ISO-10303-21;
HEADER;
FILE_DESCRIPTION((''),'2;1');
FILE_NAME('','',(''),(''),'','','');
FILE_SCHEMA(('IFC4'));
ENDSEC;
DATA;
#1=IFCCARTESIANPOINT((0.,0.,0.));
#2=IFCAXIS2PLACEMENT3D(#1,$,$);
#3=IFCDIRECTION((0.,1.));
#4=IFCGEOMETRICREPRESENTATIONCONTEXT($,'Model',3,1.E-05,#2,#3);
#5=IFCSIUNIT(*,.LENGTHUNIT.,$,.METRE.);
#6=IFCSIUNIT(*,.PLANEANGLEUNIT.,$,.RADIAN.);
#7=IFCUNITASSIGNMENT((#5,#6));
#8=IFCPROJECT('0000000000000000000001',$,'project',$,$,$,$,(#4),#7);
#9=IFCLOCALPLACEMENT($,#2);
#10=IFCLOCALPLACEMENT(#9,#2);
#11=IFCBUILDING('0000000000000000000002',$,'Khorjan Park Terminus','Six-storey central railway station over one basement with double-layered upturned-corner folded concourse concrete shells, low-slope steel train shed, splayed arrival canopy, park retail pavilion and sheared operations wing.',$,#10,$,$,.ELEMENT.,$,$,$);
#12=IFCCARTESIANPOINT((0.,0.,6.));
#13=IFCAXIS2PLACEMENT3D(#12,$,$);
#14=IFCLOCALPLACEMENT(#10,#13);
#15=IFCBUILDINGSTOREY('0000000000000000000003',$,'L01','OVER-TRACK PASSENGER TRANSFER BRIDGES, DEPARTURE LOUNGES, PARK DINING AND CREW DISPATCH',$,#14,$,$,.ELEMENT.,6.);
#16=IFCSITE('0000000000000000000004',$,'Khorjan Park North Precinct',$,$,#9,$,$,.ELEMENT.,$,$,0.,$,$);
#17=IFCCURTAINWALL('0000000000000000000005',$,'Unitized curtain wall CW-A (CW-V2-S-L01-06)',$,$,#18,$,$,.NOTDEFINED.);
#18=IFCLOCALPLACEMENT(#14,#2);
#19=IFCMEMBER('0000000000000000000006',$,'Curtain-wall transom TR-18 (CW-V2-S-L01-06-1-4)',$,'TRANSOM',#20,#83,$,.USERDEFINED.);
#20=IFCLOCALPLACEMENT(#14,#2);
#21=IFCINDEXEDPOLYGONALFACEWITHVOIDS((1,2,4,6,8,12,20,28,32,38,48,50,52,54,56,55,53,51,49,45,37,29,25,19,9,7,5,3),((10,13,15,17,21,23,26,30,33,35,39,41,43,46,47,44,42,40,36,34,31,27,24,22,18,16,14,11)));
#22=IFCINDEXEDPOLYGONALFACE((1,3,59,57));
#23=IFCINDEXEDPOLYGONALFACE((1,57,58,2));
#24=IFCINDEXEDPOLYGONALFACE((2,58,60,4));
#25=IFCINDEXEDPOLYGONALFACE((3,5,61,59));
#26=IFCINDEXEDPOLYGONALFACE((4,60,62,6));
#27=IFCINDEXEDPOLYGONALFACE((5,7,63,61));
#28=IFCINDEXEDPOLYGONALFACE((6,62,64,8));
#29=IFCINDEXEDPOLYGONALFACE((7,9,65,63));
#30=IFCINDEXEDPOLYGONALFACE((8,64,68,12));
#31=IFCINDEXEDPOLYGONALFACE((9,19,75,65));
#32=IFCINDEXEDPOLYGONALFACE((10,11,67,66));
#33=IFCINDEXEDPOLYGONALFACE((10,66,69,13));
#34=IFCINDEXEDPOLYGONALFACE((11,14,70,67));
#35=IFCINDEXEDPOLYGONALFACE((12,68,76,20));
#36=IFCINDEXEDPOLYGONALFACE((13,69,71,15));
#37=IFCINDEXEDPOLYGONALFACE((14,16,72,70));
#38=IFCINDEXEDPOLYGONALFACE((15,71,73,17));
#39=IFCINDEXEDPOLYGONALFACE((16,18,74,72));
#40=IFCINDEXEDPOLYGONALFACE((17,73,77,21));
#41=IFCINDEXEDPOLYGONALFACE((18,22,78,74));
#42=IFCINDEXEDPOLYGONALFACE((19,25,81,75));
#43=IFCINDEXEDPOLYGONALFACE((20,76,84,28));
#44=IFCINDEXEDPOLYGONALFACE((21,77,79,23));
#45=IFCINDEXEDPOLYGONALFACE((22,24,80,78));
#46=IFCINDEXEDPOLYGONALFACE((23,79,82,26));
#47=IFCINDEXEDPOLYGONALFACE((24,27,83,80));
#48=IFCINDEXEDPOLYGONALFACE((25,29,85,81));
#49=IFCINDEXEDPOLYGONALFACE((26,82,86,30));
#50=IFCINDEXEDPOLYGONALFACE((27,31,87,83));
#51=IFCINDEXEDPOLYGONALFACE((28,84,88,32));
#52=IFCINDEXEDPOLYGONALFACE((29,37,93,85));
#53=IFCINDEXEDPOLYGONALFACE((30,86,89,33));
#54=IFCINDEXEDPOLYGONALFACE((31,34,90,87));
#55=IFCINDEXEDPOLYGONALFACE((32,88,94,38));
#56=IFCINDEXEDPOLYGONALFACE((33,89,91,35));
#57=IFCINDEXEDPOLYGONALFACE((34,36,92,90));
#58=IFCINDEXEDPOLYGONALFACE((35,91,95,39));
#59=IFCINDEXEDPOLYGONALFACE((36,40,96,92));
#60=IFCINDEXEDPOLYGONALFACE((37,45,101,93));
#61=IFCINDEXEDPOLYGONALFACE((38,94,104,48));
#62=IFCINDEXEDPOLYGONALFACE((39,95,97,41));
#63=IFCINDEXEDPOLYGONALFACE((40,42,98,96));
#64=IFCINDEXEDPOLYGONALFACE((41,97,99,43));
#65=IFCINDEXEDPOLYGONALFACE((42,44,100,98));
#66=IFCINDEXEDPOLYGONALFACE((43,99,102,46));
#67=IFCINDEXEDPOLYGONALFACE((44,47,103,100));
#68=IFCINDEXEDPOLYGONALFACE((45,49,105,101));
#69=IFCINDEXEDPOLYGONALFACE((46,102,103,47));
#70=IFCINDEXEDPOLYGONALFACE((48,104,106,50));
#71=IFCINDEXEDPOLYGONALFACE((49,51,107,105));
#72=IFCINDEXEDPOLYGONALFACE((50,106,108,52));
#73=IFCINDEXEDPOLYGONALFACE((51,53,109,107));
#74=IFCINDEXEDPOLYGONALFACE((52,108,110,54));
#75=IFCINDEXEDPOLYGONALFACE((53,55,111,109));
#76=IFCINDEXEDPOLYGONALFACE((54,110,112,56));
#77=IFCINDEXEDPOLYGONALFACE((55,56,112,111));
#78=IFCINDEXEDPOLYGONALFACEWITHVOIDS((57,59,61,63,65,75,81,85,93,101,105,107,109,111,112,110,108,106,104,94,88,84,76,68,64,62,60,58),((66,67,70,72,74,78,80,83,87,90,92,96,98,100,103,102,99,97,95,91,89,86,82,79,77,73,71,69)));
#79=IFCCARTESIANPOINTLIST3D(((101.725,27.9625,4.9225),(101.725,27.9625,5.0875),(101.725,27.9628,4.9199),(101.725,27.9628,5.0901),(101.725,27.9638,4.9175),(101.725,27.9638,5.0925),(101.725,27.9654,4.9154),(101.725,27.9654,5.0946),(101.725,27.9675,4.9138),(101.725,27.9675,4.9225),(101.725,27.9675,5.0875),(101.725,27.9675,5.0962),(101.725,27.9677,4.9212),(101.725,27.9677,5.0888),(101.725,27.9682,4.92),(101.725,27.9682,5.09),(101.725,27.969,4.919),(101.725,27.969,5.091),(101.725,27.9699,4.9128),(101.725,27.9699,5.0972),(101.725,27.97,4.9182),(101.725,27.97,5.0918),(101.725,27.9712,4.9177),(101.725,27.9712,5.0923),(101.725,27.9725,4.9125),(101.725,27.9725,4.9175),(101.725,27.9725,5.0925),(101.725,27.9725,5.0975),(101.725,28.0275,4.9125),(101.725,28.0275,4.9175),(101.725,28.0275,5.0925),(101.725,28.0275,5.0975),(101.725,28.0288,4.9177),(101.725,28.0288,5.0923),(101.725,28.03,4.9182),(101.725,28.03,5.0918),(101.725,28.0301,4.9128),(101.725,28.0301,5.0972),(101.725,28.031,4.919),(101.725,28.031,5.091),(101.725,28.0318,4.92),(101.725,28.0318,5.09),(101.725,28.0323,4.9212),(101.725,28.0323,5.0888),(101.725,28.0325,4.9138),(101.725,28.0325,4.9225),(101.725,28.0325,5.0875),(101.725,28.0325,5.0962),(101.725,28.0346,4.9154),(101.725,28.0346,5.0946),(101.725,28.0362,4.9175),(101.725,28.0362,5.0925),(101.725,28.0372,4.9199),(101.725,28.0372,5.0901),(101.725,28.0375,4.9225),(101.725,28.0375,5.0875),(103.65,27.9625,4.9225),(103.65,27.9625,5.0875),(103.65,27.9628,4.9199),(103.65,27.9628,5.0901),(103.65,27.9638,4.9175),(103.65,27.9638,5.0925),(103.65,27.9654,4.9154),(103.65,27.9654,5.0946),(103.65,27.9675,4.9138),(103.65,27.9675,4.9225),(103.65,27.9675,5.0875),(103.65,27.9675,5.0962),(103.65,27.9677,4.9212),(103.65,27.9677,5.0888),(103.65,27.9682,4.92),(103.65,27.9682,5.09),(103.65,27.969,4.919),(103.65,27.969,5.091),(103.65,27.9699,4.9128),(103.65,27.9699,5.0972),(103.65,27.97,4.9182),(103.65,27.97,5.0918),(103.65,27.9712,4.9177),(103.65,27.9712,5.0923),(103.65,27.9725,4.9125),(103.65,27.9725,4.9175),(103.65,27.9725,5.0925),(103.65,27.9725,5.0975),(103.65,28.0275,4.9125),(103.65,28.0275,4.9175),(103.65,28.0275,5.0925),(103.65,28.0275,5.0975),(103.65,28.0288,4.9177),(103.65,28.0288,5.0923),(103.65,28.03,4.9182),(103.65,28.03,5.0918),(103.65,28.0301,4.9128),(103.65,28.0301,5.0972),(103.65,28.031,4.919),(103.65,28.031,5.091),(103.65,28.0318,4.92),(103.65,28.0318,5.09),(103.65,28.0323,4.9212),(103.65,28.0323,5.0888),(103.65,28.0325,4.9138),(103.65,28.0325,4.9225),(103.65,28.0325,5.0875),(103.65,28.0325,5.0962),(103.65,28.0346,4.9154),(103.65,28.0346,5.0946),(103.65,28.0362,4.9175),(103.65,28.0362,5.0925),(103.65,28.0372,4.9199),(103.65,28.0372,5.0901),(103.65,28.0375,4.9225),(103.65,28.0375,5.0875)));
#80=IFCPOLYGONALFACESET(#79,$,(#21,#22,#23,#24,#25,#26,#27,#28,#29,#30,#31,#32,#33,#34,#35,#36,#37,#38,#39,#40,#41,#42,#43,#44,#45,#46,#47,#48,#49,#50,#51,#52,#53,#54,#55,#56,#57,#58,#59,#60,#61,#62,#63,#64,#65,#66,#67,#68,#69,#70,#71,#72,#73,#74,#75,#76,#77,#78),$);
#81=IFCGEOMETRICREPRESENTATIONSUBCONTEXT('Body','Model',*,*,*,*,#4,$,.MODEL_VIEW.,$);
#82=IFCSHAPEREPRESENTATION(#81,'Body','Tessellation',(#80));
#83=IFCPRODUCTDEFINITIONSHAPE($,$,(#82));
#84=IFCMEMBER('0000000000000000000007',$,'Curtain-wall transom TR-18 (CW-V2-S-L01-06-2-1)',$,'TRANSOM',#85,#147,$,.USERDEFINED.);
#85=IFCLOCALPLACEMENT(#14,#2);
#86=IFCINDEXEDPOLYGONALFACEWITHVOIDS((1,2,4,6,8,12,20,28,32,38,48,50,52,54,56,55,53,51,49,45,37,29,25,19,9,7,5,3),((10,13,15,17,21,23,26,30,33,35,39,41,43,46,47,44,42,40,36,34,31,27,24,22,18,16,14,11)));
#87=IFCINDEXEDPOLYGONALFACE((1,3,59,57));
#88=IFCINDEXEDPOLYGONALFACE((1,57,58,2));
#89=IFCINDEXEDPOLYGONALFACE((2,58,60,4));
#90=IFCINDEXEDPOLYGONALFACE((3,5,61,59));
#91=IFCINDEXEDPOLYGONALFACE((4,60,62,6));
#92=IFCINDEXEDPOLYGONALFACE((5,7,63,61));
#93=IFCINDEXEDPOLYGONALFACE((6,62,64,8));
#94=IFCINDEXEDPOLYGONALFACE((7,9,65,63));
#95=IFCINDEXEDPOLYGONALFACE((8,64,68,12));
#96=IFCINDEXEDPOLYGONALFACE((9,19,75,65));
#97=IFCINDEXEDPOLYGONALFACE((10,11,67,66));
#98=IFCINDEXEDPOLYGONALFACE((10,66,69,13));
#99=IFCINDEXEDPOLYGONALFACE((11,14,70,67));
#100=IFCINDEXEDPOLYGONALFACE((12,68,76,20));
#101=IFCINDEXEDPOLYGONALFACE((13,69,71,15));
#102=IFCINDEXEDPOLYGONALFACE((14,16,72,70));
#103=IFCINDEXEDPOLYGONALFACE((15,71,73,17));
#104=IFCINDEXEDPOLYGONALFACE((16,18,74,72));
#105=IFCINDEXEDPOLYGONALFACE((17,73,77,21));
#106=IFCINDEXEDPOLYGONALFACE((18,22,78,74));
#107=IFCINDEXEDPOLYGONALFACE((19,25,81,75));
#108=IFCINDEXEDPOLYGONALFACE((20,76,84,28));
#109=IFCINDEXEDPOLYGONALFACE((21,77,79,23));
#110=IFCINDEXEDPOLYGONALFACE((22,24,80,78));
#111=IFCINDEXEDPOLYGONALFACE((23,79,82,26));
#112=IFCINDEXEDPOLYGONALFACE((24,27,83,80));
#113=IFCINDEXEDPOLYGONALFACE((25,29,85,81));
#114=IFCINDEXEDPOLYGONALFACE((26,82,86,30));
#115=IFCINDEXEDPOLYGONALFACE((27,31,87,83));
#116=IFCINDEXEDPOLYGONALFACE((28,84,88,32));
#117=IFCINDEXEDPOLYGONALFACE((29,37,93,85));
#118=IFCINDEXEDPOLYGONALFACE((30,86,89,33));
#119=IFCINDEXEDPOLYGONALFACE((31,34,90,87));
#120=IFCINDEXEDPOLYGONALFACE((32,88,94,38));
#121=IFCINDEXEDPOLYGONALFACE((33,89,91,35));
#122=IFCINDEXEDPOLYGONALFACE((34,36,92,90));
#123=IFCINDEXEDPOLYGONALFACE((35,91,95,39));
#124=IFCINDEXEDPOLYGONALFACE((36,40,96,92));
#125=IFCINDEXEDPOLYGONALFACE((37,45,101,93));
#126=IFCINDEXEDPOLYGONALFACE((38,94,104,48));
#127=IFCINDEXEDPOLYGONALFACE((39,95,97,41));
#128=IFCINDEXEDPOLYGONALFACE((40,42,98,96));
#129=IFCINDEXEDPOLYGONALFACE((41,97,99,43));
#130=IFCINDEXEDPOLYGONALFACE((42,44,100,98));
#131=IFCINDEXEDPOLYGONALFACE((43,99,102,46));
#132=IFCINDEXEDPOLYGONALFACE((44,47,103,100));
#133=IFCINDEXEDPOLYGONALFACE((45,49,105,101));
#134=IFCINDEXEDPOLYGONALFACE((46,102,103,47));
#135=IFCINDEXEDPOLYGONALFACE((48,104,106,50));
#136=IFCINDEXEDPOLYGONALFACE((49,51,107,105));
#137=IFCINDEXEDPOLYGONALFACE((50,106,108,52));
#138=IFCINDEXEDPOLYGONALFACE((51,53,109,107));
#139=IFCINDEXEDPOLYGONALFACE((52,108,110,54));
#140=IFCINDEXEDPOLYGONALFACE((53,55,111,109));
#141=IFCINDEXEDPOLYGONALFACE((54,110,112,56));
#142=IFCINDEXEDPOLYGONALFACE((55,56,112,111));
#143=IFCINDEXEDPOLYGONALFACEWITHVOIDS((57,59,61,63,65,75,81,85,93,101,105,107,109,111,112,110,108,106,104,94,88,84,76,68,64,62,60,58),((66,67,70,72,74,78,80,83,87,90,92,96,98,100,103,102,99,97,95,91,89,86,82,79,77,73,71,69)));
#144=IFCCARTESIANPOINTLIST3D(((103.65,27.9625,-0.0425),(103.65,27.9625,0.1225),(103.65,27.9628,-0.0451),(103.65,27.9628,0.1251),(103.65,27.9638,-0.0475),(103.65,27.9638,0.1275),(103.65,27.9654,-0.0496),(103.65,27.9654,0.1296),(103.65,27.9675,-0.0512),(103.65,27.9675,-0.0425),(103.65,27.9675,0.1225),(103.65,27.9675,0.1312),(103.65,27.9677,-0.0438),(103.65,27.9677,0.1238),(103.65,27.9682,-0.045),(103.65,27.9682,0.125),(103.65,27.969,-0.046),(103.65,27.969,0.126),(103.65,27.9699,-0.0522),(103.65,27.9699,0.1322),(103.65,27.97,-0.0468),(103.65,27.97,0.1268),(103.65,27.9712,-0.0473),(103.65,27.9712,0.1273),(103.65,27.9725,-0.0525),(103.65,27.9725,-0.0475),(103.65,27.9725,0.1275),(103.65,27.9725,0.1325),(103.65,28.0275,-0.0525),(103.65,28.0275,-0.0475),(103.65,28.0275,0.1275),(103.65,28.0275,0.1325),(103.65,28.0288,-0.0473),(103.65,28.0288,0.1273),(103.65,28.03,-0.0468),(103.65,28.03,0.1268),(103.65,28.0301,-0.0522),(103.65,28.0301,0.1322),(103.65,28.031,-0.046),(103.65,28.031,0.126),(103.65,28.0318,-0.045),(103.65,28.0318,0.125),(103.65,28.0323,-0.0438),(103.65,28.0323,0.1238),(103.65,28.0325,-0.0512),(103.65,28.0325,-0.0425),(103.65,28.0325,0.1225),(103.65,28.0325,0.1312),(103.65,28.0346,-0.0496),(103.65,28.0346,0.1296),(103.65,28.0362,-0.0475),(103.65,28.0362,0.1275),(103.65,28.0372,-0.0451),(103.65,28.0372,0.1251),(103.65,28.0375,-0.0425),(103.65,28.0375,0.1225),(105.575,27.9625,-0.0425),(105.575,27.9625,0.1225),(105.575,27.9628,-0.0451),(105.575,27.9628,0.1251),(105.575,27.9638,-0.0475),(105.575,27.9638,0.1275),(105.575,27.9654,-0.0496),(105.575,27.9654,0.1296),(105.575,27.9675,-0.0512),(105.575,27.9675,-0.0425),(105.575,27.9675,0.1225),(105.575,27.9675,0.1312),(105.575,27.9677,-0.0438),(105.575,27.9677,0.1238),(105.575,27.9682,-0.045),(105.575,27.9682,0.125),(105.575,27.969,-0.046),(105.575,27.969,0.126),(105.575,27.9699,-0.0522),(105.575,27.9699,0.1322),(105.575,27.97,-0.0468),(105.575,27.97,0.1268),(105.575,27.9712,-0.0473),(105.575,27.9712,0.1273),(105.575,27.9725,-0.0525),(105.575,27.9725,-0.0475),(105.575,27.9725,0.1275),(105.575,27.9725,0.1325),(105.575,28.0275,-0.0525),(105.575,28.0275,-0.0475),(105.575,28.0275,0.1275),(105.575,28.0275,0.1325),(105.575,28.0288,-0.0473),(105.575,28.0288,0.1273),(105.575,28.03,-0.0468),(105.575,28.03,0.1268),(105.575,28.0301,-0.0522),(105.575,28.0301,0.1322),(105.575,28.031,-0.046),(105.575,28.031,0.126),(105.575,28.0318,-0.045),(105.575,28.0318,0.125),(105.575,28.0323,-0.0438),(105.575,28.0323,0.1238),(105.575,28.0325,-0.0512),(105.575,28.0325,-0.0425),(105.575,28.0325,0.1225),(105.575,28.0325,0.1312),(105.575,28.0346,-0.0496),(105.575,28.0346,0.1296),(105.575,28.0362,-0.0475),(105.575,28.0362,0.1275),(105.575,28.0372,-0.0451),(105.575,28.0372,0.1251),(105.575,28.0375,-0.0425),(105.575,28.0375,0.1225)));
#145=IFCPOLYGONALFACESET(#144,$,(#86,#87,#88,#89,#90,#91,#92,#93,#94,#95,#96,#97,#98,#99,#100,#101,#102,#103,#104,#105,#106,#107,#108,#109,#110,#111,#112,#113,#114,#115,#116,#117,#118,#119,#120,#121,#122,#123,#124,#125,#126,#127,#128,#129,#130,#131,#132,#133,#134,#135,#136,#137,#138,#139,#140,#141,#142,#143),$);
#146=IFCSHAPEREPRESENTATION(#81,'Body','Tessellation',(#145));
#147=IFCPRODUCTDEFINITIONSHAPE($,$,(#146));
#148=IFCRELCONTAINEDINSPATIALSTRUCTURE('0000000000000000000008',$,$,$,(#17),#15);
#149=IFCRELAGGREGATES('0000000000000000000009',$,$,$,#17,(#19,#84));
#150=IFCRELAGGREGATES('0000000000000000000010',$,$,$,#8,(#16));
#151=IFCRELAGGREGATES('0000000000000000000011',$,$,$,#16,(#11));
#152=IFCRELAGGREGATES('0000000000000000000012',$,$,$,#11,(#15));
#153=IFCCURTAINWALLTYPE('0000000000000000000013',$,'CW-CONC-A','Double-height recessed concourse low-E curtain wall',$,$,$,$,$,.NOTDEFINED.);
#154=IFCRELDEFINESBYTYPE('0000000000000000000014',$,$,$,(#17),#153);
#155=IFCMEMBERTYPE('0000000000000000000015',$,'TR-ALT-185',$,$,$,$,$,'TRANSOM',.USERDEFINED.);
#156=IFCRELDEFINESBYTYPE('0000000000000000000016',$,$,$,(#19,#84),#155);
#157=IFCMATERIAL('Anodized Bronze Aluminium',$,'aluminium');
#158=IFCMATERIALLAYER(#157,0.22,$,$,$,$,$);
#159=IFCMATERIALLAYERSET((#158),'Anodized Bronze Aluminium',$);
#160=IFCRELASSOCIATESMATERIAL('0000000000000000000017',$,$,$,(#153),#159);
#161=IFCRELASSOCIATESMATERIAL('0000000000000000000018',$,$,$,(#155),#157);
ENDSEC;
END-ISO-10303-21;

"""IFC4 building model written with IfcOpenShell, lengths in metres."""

from ifc_helpers import new_model, si_unit, direction, frame, origin, origin_2d, place, context, subcontext, project, spatial, hollow_rectangle, extrude, material, layer, layer_set, material_profile, profile_set, type_object, element, aggregate, save


model = new_model("IFC4")

# Units and contexts
model_context = context("Model", 3, precision=1e-05, world=origin(), true_north=direction((0.0, 1.0)))
body_context = subcontext(model_context, "Body", "Model", "MODEL_VIEW")
ifc_project = project(units=[si_unit("LENGTHUNIT", "METRE"), si_unit("PLANEANGLEUNIT", "RADIAN")], contexts=[model_context])

# Site, building, storey
site_placement = place(None, origin())
site = spatial("IfcSite", under=ifc_project, at=site_placement, Name="Khorjan Park North Precinct", CompositionType="ELEMENT", RefElevation=0.0)
building_placement = place(site_placement, origin())
building = spatial("IfcBuilding", under=site, at=building_placement, Name="Khorjan Park Terminus", Description="Six-storey central railway station over one basement with double-layered upturned-corner folded concourse concrete shells, low-slope steel train shed, splayed arrival canopy, park retail pavilion and sheared operations wing.", CompositionType="ELEMENT")
storey_placement = place(building_placement, frame((0.0, 0.0, 6.0)))
storey = spatial("IfcBuildingStorey", under=building, at=storey_placement, Name="L01", Description="OVER-TRACK PASSENGER TRANSFER BRIDGES, DEPARTURE LOUNGES, PARK DINING AND CREW DISPATCH", CompositionType="ELEMENT", Elevation=6.0)

# Shared definitions
ifc_material_1 = material(Name="Anodized Bronze Aluminium", Category="aluminium")
ifc_layer_1 = layer(ifc_material_1, 0.22)
ifc_layer_set_1 = layer_set([ifc_layer_1], Name="Anodized Bronze Aluminium")
curtain_wall_type = type_object("IfcCurtainWallType", Name="CW-CONC-A", Description="Double-height recessed concourse low-E curtain wall", PredefinedType="NOTDEFINED", material=ifc_layer_set_1)

# Curtain wall, members
curtain_wall_1_placement = place(storey_placement, origin())
curtain_wall_1 = element("IfcCurtainWall", 1, at=curtain_wall_1_placement, inside=storey, type_object=curtain_wall_type, Name="Unitized curtain wall CW-A (CW-V2-S-L01-06)", PredefinedType="NOTDEFINED")
ifc_material_profile_1 = material_profile(ifc_material_1, hollow_rectangle(XDim=0.075, YDim=0.185, WallThickness=0.005, InnerFilletRadius=0.005, OuterFilletRadius=0.01, at=origin_2d()), Name="ALT 75x185x5")
ifc_profile_set_1 = profile_set([ifc_material_profile_1], Name="Anodized Bronze Aluminium")
member_type_1 = type_object("IfcMemberType", Name="TR-ALT-185", ElementType="TRANSOM", PredefinedType="USERDEFINED", material=ifc_profile_set_1)
member_1_placement = place(storey_placement, frame((101.725, 28.0, 5.005), z_axis=(1.0, 0.0, 0.0), x_axis=(0.0, 1.0, 0.0)))
member_1 = element("IfcMember", 2, at=member_1_placement, type_object=member_type_1, Name="Curtain-wall transom TR-18 (CW-V2-S-L01-06-1-4)", ObjectType="TRANSOM", PredefinedType="USERDEFINED", context=body_context, shape_type="SweptSolid", body=[
    extrude(hollow_rectangle(XDim=0.075, YDim=0.185, WallThickness=0.005, InnerFilletRadius=0.005, OuterFilletRadius=0.01, at=origin_2d()), origin(), (0.0, 0.0, 1.0), 1.925),
])
member_2_placement = place(storey_placement, frame((103.65, 28.0, 0.04), z_axis=(1.0, 0.0, 0.0), x_axis=(0.0, 1.0, 0.0)))
member_2 = element("IfcMember", 3, at=member_2_placement, type_object=member_type_1, Name="Curtain-wall transom TR-18 (CW-V2-S-L01-06-2-1)", ObjectType="TRANSOM", PredefinedType="USERDEFINED", context=body_context, shape_type="SweptSolid", body=[
    extrude(hollow_rectangle(XDim=0.075, YDim=0.185, WallThickness=0.005, InnerFilletRadius=0.005, OuterFilletRadius=0.01, at=origin_2d()), origin(), (0.0, 0.0, 1.0), 1.925),
])

aggregate(curtain_wall_1, [member_1, member_2])

save(model, "model.ifc")
